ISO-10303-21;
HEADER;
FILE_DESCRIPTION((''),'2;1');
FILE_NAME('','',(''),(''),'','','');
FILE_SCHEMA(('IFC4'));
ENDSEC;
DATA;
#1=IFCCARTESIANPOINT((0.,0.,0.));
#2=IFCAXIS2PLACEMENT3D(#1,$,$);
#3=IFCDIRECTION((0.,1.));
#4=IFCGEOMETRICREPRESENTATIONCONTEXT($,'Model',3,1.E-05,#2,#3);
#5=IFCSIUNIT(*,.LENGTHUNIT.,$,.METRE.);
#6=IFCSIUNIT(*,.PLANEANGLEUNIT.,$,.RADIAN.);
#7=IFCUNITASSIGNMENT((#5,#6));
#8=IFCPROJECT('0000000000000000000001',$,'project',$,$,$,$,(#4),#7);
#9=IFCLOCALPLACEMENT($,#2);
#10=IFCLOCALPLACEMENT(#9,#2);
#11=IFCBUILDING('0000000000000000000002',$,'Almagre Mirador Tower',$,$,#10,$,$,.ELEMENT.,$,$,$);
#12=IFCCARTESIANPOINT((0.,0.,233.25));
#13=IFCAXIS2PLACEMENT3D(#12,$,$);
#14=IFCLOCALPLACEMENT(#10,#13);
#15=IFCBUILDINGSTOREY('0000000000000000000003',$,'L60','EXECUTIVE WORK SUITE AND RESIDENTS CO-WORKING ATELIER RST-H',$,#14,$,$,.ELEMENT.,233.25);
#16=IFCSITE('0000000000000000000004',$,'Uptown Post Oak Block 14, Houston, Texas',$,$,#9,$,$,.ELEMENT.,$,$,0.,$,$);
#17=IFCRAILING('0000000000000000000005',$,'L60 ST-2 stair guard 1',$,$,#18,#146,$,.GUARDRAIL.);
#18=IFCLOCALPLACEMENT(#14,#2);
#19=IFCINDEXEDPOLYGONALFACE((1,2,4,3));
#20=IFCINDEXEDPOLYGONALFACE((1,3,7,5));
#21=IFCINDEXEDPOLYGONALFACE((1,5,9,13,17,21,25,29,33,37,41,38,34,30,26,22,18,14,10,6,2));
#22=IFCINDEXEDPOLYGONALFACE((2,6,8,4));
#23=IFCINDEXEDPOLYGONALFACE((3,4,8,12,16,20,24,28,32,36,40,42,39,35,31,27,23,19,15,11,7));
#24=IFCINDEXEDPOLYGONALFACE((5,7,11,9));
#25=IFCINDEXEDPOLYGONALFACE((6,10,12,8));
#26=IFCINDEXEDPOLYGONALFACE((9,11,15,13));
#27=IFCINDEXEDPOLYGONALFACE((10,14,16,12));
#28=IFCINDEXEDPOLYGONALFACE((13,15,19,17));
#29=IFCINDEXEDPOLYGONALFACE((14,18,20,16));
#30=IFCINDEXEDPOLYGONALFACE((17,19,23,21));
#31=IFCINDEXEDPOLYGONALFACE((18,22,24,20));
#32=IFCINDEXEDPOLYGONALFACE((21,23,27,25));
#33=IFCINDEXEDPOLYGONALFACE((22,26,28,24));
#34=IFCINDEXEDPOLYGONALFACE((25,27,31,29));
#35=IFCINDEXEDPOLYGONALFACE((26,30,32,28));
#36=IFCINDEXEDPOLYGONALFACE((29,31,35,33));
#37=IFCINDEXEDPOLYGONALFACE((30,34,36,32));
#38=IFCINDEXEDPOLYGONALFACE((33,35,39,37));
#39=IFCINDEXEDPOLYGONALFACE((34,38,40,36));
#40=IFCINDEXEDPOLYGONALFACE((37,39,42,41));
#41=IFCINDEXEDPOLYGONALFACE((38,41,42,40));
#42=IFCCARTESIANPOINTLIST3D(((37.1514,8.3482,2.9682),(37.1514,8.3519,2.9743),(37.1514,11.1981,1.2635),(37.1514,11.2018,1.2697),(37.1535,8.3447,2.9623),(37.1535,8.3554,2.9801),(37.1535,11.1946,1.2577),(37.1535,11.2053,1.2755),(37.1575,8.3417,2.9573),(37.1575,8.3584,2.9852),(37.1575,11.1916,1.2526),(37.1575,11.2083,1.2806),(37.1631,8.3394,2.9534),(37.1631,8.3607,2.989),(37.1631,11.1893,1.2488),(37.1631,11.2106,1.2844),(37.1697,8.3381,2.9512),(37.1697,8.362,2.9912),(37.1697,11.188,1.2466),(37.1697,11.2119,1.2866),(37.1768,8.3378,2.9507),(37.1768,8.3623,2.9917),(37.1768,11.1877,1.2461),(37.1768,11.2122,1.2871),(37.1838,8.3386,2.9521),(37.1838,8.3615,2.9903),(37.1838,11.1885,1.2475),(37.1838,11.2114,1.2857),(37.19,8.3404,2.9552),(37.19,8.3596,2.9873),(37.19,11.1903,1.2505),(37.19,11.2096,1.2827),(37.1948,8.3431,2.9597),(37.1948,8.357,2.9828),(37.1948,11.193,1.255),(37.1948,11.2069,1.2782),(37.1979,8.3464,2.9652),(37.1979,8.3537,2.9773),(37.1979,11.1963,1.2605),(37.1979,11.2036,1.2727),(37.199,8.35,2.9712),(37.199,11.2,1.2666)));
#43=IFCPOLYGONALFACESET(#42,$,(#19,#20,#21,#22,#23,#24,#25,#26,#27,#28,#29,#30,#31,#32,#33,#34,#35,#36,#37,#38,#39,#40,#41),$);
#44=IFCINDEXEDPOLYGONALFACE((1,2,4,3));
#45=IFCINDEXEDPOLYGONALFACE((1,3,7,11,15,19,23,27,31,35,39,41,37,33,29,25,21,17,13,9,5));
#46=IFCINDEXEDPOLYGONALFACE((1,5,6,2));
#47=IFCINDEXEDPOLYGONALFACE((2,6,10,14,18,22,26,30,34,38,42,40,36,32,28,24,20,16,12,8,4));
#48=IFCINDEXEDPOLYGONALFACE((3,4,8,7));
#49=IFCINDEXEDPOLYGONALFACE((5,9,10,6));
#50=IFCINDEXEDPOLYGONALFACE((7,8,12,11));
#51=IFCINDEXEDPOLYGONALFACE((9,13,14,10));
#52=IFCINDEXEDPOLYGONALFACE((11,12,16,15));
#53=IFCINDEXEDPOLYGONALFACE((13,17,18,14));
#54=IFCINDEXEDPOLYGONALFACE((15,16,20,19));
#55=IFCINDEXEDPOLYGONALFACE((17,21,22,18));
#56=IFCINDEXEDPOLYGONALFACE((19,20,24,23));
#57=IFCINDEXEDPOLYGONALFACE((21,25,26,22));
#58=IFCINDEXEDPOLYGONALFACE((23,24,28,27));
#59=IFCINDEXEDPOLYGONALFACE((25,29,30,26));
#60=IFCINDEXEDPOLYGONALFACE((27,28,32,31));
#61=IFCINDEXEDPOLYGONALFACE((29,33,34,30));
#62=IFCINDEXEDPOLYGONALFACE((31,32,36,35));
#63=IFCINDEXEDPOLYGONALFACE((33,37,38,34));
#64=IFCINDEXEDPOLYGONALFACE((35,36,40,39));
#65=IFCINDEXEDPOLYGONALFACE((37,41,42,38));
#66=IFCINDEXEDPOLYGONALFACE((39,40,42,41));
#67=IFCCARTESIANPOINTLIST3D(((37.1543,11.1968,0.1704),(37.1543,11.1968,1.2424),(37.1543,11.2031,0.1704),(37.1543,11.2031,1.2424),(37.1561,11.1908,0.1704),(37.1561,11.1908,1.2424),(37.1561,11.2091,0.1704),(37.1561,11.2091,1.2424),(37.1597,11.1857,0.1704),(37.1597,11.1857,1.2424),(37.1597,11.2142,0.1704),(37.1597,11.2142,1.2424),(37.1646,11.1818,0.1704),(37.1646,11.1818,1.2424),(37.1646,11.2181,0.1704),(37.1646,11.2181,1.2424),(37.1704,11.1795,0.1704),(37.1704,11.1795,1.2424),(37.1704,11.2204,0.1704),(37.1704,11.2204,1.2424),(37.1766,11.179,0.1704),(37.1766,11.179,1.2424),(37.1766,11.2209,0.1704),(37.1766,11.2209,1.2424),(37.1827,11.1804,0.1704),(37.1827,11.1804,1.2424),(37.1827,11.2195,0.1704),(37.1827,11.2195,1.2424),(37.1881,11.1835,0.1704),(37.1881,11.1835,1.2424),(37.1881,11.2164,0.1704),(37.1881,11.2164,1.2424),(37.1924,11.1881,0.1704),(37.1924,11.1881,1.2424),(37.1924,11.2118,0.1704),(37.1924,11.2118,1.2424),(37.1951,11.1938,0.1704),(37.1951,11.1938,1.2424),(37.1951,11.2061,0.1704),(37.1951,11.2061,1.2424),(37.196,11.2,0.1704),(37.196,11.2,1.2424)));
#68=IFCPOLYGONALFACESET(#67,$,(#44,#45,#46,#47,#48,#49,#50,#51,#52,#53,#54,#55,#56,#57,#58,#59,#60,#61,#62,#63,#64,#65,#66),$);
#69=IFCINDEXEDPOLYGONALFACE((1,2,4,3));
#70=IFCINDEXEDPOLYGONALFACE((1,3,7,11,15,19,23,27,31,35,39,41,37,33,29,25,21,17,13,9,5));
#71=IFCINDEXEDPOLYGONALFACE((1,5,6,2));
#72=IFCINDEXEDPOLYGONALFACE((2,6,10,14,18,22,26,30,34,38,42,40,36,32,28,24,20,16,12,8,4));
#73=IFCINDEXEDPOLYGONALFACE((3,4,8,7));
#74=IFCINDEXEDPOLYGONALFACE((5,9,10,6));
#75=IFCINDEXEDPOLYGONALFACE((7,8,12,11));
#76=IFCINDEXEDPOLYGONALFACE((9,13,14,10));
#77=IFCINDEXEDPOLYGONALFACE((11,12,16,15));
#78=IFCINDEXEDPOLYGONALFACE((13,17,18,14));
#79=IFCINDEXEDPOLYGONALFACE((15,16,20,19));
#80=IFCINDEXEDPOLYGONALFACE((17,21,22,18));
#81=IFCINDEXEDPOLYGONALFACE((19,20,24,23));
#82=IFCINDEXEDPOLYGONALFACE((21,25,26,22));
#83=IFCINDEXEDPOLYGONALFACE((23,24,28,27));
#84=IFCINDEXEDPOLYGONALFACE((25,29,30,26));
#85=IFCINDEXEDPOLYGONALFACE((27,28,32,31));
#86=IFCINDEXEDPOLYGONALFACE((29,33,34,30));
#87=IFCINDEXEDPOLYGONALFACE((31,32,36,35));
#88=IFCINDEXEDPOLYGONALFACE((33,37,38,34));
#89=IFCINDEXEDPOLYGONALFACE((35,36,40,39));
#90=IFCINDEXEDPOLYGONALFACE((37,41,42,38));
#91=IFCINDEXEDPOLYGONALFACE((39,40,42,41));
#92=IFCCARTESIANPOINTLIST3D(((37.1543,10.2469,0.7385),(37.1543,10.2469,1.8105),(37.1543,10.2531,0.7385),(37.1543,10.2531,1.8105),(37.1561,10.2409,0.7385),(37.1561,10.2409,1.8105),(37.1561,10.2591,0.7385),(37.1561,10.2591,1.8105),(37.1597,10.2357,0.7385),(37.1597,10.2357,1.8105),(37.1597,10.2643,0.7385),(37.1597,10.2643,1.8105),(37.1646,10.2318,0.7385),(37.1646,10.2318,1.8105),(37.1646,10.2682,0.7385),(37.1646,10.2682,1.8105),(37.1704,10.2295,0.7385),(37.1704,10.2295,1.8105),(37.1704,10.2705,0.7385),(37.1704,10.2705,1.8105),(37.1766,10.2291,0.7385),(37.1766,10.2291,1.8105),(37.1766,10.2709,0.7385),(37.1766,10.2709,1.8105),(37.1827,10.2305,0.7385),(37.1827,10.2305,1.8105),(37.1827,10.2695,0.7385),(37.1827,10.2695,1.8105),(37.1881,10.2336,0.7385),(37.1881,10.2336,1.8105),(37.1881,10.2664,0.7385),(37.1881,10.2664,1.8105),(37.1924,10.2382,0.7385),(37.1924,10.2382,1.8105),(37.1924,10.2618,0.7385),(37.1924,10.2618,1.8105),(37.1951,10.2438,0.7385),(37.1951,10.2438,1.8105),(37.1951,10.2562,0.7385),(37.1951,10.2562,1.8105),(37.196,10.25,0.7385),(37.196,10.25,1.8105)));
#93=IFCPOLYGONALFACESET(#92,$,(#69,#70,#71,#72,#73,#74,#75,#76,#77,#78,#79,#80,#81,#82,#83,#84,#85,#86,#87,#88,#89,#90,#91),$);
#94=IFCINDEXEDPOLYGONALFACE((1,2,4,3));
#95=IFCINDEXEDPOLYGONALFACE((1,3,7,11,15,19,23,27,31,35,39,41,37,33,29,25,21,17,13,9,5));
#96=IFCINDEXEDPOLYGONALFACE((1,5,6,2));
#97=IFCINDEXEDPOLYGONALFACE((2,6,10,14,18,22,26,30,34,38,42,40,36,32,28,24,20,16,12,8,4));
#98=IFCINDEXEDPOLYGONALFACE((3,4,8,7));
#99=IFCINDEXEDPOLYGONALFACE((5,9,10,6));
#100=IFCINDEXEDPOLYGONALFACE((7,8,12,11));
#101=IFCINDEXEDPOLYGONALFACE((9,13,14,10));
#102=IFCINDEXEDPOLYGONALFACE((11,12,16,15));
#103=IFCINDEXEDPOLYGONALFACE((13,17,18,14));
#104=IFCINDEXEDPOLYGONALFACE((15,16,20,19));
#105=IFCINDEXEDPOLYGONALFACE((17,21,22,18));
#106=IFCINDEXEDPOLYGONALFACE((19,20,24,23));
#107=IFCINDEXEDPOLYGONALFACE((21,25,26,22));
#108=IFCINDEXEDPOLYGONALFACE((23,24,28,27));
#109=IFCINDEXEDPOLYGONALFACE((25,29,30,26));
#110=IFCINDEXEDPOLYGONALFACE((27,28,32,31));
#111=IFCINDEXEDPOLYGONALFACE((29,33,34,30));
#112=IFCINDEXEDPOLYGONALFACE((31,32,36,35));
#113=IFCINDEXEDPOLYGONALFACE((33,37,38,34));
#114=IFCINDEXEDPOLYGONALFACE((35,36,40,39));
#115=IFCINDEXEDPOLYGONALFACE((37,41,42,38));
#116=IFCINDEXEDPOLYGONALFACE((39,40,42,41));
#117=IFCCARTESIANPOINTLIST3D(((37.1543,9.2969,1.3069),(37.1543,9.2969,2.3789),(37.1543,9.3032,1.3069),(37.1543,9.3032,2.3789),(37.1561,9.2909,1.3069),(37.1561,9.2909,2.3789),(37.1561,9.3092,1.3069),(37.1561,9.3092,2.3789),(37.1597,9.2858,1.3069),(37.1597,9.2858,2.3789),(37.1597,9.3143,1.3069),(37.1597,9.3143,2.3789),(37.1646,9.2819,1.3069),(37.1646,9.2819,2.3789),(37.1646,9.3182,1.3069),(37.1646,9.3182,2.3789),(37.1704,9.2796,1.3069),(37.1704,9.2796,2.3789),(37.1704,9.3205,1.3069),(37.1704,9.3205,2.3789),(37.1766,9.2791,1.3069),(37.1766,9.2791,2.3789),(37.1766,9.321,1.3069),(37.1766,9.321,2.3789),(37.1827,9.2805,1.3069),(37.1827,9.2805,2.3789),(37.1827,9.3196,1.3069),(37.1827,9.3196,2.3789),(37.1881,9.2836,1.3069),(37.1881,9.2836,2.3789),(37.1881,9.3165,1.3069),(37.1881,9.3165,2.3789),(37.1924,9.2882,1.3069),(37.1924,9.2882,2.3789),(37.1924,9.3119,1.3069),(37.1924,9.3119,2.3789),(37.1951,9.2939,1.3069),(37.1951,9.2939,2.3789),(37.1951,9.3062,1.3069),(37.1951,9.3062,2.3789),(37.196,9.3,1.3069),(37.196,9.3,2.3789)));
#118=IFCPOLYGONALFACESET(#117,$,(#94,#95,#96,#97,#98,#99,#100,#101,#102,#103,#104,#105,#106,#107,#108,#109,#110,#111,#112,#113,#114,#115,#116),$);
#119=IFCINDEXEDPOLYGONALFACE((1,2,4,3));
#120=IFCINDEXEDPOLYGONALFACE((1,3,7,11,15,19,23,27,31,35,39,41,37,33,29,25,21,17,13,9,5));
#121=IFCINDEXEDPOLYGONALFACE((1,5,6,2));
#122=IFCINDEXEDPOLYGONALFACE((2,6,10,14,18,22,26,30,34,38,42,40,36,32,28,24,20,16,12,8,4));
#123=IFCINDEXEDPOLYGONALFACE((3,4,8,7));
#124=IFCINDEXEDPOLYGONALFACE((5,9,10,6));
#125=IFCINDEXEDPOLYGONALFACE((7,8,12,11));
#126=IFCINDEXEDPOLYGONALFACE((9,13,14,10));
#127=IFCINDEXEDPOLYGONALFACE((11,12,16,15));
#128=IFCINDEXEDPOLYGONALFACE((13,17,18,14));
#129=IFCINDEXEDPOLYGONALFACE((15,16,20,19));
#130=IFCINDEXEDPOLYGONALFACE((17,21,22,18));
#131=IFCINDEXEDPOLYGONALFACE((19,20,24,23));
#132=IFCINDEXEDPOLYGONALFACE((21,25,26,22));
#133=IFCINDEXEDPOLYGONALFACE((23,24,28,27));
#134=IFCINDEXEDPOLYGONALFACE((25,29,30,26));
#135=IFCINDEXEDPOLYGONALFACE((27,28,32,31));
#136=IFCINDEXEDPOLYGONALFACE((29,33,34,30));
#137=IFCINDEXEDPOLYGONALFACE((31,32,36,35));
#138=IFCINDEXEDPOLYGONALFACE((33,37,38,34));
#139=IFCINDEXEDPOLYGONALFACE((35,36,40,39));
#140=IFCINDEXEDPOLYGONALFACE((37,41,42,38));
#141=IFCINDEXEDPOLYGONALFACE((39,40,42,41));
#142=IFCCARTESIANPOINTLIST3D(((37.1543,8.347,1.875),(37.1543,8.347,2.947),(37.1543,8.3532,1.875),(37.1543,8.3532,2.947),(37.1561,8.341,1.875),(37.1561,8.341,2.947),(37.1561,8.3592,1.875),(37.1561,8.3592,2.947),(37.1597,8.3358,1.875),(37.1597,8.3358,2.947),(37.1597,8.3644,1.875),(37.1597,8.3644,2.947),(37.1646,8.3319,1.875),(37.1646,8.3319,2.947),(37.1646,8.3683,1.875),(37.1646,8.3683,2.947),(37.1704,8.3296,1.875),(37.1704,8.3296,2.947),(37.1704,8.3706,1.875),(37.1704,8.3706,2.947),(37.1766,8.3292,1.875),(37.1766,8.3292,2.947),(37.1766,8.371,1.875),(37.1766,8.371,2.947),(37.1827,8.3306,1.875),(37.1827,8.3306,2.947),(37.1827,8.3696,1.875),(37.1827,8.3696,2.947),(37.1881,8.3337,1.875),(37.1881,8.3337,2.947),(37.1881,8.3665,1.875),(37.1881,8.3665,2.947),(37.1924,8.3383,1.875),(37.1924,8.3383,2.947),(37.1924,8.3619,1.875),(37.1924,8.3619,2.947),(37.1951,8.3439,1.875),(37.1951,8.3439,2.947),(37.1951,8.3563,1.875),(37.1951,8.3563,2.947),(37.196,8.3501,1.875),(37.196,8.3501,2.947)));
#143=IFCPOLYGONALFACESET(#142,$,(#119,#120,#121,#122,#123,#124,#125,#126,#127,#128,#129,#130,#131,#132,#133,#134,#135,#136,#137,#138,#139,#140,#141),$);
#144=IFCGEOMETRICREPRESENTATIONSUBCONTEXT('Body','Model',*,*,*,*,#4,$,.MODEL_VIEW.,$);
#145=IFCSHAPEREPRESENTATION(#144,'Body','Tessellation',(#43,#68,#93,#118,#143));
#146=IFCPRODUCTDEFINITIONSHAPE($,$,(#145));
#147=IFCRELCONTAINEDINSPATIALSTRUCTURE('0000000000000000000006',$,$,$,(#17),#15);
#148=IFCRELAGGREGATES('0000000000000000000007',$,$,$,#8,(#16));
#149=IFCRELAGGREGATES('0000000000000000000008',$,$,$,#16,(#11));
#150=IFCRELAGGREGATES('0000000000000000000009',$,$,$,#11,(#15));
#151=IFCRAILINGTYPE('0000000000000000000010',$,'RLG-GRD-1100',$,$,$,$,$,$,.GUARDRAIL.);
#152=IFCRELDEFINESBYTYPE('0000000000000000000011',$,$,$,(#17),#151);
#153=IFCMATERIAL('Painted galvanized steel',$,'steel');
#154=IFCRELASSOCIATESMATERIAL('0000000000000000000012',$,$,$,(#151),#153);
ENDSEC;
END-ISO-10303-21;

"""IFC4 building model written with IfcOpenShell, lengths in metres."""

from ifc_helpers import new_model, si_unit, direction, frame, origin, origin_2d, place, context, subcontext, project, spatial, circle, extrude, material, type_object, element, save


model = new_model("IFC4")

# Units and contexts
model_context = context("Model", 3, precision=1e-05, world=origin(), true_north=direction((0.0, 1.0)))
body_context = subcontext(model_context, "Body", "Model", "MODEL_VIEW")
ifc_project = project(units=[si_unit("LENGTHUNIT", "METRE"), si_unit("PLANEANGLEUNIT", "RADIAN")], contexts=[model_context])

# Site, building, storey
site_placement = place(None, origin())
site = spatial("IfcSite", under=ifc_project, at=site_placement, Name="Uptown Post Oak Block 14, Houston, Texas", CompositionType="ELEMENT", RefElevation=0.0)
building_placement = place(site_placement, origin())
building = spatial("IfcBuilding", under=site, at=building_placement, Name="Almagre Mirador Tower", CompositionType="ELEMENT")
storey_placement = place(building_placement, frame((0.0, 0.0, 233.25)))
storey = spatial("IfcBuildingStorey", under=building, at=storey_placement, Name="L60", Description="EXECUTIVE WORK SUITE AND RESIDENTS CO-WORKING ATELIER RST-H", CompositionType="ELEMENT", Elevation=233.25)

# Railing
ifc_material_1 = material(Name="Painted galvanized steel", Category="steel")
railing_type_1 = type_object("IfcRailingType", Name="RLG-GRD-1100", PredefinedType="GUARDRAIL", material=ifc_material_1)
railing_1_placement = place(storey_placement, frame((37.175, 11.2, 0.1704)))
element("IfcRailing", 1, at=railing_1_placement, inside=storey, type_object=railing_type_1, Name="L60 ST-2 stair guard 1", PredefinedType="GUARDRAIL", context=body_context, shape_type="SweptSolid", body=[
    extrude(circle(Radius=0.0239, at=origin_2d()), frame((0.0, 0.0, 1.0962), z_axis=(0.0, -0.858199, 0.513317), x_axis=(1.0, 0.0, 0.0)), (0.0, 0.0, 1.0), 3.3208),
    extrude(circle(Radius=0.021, at=origin_2d()), origin(), (0.0, 0.0, 1.0), 1.072),
    extrude(circle(Radius=0.021, at=origin_2d()), frame((0.0, -0.95, 0.5681)), (0.0, 0.0, 1.0), 1.072),
    extrude(circle(Radius=0.021, at=origin_2d()), frame((0.0, -1.8999, 1.1365)), (0.0, 0.0, 1.0), 1.072),
    extrude(circle(Radius=0.021, at=origin_2d()), frame((0.0, -2.8499, 1.7046)), (0.0, 0.0, 1.0), 1.072),
])

save(model, "model.ifc")
